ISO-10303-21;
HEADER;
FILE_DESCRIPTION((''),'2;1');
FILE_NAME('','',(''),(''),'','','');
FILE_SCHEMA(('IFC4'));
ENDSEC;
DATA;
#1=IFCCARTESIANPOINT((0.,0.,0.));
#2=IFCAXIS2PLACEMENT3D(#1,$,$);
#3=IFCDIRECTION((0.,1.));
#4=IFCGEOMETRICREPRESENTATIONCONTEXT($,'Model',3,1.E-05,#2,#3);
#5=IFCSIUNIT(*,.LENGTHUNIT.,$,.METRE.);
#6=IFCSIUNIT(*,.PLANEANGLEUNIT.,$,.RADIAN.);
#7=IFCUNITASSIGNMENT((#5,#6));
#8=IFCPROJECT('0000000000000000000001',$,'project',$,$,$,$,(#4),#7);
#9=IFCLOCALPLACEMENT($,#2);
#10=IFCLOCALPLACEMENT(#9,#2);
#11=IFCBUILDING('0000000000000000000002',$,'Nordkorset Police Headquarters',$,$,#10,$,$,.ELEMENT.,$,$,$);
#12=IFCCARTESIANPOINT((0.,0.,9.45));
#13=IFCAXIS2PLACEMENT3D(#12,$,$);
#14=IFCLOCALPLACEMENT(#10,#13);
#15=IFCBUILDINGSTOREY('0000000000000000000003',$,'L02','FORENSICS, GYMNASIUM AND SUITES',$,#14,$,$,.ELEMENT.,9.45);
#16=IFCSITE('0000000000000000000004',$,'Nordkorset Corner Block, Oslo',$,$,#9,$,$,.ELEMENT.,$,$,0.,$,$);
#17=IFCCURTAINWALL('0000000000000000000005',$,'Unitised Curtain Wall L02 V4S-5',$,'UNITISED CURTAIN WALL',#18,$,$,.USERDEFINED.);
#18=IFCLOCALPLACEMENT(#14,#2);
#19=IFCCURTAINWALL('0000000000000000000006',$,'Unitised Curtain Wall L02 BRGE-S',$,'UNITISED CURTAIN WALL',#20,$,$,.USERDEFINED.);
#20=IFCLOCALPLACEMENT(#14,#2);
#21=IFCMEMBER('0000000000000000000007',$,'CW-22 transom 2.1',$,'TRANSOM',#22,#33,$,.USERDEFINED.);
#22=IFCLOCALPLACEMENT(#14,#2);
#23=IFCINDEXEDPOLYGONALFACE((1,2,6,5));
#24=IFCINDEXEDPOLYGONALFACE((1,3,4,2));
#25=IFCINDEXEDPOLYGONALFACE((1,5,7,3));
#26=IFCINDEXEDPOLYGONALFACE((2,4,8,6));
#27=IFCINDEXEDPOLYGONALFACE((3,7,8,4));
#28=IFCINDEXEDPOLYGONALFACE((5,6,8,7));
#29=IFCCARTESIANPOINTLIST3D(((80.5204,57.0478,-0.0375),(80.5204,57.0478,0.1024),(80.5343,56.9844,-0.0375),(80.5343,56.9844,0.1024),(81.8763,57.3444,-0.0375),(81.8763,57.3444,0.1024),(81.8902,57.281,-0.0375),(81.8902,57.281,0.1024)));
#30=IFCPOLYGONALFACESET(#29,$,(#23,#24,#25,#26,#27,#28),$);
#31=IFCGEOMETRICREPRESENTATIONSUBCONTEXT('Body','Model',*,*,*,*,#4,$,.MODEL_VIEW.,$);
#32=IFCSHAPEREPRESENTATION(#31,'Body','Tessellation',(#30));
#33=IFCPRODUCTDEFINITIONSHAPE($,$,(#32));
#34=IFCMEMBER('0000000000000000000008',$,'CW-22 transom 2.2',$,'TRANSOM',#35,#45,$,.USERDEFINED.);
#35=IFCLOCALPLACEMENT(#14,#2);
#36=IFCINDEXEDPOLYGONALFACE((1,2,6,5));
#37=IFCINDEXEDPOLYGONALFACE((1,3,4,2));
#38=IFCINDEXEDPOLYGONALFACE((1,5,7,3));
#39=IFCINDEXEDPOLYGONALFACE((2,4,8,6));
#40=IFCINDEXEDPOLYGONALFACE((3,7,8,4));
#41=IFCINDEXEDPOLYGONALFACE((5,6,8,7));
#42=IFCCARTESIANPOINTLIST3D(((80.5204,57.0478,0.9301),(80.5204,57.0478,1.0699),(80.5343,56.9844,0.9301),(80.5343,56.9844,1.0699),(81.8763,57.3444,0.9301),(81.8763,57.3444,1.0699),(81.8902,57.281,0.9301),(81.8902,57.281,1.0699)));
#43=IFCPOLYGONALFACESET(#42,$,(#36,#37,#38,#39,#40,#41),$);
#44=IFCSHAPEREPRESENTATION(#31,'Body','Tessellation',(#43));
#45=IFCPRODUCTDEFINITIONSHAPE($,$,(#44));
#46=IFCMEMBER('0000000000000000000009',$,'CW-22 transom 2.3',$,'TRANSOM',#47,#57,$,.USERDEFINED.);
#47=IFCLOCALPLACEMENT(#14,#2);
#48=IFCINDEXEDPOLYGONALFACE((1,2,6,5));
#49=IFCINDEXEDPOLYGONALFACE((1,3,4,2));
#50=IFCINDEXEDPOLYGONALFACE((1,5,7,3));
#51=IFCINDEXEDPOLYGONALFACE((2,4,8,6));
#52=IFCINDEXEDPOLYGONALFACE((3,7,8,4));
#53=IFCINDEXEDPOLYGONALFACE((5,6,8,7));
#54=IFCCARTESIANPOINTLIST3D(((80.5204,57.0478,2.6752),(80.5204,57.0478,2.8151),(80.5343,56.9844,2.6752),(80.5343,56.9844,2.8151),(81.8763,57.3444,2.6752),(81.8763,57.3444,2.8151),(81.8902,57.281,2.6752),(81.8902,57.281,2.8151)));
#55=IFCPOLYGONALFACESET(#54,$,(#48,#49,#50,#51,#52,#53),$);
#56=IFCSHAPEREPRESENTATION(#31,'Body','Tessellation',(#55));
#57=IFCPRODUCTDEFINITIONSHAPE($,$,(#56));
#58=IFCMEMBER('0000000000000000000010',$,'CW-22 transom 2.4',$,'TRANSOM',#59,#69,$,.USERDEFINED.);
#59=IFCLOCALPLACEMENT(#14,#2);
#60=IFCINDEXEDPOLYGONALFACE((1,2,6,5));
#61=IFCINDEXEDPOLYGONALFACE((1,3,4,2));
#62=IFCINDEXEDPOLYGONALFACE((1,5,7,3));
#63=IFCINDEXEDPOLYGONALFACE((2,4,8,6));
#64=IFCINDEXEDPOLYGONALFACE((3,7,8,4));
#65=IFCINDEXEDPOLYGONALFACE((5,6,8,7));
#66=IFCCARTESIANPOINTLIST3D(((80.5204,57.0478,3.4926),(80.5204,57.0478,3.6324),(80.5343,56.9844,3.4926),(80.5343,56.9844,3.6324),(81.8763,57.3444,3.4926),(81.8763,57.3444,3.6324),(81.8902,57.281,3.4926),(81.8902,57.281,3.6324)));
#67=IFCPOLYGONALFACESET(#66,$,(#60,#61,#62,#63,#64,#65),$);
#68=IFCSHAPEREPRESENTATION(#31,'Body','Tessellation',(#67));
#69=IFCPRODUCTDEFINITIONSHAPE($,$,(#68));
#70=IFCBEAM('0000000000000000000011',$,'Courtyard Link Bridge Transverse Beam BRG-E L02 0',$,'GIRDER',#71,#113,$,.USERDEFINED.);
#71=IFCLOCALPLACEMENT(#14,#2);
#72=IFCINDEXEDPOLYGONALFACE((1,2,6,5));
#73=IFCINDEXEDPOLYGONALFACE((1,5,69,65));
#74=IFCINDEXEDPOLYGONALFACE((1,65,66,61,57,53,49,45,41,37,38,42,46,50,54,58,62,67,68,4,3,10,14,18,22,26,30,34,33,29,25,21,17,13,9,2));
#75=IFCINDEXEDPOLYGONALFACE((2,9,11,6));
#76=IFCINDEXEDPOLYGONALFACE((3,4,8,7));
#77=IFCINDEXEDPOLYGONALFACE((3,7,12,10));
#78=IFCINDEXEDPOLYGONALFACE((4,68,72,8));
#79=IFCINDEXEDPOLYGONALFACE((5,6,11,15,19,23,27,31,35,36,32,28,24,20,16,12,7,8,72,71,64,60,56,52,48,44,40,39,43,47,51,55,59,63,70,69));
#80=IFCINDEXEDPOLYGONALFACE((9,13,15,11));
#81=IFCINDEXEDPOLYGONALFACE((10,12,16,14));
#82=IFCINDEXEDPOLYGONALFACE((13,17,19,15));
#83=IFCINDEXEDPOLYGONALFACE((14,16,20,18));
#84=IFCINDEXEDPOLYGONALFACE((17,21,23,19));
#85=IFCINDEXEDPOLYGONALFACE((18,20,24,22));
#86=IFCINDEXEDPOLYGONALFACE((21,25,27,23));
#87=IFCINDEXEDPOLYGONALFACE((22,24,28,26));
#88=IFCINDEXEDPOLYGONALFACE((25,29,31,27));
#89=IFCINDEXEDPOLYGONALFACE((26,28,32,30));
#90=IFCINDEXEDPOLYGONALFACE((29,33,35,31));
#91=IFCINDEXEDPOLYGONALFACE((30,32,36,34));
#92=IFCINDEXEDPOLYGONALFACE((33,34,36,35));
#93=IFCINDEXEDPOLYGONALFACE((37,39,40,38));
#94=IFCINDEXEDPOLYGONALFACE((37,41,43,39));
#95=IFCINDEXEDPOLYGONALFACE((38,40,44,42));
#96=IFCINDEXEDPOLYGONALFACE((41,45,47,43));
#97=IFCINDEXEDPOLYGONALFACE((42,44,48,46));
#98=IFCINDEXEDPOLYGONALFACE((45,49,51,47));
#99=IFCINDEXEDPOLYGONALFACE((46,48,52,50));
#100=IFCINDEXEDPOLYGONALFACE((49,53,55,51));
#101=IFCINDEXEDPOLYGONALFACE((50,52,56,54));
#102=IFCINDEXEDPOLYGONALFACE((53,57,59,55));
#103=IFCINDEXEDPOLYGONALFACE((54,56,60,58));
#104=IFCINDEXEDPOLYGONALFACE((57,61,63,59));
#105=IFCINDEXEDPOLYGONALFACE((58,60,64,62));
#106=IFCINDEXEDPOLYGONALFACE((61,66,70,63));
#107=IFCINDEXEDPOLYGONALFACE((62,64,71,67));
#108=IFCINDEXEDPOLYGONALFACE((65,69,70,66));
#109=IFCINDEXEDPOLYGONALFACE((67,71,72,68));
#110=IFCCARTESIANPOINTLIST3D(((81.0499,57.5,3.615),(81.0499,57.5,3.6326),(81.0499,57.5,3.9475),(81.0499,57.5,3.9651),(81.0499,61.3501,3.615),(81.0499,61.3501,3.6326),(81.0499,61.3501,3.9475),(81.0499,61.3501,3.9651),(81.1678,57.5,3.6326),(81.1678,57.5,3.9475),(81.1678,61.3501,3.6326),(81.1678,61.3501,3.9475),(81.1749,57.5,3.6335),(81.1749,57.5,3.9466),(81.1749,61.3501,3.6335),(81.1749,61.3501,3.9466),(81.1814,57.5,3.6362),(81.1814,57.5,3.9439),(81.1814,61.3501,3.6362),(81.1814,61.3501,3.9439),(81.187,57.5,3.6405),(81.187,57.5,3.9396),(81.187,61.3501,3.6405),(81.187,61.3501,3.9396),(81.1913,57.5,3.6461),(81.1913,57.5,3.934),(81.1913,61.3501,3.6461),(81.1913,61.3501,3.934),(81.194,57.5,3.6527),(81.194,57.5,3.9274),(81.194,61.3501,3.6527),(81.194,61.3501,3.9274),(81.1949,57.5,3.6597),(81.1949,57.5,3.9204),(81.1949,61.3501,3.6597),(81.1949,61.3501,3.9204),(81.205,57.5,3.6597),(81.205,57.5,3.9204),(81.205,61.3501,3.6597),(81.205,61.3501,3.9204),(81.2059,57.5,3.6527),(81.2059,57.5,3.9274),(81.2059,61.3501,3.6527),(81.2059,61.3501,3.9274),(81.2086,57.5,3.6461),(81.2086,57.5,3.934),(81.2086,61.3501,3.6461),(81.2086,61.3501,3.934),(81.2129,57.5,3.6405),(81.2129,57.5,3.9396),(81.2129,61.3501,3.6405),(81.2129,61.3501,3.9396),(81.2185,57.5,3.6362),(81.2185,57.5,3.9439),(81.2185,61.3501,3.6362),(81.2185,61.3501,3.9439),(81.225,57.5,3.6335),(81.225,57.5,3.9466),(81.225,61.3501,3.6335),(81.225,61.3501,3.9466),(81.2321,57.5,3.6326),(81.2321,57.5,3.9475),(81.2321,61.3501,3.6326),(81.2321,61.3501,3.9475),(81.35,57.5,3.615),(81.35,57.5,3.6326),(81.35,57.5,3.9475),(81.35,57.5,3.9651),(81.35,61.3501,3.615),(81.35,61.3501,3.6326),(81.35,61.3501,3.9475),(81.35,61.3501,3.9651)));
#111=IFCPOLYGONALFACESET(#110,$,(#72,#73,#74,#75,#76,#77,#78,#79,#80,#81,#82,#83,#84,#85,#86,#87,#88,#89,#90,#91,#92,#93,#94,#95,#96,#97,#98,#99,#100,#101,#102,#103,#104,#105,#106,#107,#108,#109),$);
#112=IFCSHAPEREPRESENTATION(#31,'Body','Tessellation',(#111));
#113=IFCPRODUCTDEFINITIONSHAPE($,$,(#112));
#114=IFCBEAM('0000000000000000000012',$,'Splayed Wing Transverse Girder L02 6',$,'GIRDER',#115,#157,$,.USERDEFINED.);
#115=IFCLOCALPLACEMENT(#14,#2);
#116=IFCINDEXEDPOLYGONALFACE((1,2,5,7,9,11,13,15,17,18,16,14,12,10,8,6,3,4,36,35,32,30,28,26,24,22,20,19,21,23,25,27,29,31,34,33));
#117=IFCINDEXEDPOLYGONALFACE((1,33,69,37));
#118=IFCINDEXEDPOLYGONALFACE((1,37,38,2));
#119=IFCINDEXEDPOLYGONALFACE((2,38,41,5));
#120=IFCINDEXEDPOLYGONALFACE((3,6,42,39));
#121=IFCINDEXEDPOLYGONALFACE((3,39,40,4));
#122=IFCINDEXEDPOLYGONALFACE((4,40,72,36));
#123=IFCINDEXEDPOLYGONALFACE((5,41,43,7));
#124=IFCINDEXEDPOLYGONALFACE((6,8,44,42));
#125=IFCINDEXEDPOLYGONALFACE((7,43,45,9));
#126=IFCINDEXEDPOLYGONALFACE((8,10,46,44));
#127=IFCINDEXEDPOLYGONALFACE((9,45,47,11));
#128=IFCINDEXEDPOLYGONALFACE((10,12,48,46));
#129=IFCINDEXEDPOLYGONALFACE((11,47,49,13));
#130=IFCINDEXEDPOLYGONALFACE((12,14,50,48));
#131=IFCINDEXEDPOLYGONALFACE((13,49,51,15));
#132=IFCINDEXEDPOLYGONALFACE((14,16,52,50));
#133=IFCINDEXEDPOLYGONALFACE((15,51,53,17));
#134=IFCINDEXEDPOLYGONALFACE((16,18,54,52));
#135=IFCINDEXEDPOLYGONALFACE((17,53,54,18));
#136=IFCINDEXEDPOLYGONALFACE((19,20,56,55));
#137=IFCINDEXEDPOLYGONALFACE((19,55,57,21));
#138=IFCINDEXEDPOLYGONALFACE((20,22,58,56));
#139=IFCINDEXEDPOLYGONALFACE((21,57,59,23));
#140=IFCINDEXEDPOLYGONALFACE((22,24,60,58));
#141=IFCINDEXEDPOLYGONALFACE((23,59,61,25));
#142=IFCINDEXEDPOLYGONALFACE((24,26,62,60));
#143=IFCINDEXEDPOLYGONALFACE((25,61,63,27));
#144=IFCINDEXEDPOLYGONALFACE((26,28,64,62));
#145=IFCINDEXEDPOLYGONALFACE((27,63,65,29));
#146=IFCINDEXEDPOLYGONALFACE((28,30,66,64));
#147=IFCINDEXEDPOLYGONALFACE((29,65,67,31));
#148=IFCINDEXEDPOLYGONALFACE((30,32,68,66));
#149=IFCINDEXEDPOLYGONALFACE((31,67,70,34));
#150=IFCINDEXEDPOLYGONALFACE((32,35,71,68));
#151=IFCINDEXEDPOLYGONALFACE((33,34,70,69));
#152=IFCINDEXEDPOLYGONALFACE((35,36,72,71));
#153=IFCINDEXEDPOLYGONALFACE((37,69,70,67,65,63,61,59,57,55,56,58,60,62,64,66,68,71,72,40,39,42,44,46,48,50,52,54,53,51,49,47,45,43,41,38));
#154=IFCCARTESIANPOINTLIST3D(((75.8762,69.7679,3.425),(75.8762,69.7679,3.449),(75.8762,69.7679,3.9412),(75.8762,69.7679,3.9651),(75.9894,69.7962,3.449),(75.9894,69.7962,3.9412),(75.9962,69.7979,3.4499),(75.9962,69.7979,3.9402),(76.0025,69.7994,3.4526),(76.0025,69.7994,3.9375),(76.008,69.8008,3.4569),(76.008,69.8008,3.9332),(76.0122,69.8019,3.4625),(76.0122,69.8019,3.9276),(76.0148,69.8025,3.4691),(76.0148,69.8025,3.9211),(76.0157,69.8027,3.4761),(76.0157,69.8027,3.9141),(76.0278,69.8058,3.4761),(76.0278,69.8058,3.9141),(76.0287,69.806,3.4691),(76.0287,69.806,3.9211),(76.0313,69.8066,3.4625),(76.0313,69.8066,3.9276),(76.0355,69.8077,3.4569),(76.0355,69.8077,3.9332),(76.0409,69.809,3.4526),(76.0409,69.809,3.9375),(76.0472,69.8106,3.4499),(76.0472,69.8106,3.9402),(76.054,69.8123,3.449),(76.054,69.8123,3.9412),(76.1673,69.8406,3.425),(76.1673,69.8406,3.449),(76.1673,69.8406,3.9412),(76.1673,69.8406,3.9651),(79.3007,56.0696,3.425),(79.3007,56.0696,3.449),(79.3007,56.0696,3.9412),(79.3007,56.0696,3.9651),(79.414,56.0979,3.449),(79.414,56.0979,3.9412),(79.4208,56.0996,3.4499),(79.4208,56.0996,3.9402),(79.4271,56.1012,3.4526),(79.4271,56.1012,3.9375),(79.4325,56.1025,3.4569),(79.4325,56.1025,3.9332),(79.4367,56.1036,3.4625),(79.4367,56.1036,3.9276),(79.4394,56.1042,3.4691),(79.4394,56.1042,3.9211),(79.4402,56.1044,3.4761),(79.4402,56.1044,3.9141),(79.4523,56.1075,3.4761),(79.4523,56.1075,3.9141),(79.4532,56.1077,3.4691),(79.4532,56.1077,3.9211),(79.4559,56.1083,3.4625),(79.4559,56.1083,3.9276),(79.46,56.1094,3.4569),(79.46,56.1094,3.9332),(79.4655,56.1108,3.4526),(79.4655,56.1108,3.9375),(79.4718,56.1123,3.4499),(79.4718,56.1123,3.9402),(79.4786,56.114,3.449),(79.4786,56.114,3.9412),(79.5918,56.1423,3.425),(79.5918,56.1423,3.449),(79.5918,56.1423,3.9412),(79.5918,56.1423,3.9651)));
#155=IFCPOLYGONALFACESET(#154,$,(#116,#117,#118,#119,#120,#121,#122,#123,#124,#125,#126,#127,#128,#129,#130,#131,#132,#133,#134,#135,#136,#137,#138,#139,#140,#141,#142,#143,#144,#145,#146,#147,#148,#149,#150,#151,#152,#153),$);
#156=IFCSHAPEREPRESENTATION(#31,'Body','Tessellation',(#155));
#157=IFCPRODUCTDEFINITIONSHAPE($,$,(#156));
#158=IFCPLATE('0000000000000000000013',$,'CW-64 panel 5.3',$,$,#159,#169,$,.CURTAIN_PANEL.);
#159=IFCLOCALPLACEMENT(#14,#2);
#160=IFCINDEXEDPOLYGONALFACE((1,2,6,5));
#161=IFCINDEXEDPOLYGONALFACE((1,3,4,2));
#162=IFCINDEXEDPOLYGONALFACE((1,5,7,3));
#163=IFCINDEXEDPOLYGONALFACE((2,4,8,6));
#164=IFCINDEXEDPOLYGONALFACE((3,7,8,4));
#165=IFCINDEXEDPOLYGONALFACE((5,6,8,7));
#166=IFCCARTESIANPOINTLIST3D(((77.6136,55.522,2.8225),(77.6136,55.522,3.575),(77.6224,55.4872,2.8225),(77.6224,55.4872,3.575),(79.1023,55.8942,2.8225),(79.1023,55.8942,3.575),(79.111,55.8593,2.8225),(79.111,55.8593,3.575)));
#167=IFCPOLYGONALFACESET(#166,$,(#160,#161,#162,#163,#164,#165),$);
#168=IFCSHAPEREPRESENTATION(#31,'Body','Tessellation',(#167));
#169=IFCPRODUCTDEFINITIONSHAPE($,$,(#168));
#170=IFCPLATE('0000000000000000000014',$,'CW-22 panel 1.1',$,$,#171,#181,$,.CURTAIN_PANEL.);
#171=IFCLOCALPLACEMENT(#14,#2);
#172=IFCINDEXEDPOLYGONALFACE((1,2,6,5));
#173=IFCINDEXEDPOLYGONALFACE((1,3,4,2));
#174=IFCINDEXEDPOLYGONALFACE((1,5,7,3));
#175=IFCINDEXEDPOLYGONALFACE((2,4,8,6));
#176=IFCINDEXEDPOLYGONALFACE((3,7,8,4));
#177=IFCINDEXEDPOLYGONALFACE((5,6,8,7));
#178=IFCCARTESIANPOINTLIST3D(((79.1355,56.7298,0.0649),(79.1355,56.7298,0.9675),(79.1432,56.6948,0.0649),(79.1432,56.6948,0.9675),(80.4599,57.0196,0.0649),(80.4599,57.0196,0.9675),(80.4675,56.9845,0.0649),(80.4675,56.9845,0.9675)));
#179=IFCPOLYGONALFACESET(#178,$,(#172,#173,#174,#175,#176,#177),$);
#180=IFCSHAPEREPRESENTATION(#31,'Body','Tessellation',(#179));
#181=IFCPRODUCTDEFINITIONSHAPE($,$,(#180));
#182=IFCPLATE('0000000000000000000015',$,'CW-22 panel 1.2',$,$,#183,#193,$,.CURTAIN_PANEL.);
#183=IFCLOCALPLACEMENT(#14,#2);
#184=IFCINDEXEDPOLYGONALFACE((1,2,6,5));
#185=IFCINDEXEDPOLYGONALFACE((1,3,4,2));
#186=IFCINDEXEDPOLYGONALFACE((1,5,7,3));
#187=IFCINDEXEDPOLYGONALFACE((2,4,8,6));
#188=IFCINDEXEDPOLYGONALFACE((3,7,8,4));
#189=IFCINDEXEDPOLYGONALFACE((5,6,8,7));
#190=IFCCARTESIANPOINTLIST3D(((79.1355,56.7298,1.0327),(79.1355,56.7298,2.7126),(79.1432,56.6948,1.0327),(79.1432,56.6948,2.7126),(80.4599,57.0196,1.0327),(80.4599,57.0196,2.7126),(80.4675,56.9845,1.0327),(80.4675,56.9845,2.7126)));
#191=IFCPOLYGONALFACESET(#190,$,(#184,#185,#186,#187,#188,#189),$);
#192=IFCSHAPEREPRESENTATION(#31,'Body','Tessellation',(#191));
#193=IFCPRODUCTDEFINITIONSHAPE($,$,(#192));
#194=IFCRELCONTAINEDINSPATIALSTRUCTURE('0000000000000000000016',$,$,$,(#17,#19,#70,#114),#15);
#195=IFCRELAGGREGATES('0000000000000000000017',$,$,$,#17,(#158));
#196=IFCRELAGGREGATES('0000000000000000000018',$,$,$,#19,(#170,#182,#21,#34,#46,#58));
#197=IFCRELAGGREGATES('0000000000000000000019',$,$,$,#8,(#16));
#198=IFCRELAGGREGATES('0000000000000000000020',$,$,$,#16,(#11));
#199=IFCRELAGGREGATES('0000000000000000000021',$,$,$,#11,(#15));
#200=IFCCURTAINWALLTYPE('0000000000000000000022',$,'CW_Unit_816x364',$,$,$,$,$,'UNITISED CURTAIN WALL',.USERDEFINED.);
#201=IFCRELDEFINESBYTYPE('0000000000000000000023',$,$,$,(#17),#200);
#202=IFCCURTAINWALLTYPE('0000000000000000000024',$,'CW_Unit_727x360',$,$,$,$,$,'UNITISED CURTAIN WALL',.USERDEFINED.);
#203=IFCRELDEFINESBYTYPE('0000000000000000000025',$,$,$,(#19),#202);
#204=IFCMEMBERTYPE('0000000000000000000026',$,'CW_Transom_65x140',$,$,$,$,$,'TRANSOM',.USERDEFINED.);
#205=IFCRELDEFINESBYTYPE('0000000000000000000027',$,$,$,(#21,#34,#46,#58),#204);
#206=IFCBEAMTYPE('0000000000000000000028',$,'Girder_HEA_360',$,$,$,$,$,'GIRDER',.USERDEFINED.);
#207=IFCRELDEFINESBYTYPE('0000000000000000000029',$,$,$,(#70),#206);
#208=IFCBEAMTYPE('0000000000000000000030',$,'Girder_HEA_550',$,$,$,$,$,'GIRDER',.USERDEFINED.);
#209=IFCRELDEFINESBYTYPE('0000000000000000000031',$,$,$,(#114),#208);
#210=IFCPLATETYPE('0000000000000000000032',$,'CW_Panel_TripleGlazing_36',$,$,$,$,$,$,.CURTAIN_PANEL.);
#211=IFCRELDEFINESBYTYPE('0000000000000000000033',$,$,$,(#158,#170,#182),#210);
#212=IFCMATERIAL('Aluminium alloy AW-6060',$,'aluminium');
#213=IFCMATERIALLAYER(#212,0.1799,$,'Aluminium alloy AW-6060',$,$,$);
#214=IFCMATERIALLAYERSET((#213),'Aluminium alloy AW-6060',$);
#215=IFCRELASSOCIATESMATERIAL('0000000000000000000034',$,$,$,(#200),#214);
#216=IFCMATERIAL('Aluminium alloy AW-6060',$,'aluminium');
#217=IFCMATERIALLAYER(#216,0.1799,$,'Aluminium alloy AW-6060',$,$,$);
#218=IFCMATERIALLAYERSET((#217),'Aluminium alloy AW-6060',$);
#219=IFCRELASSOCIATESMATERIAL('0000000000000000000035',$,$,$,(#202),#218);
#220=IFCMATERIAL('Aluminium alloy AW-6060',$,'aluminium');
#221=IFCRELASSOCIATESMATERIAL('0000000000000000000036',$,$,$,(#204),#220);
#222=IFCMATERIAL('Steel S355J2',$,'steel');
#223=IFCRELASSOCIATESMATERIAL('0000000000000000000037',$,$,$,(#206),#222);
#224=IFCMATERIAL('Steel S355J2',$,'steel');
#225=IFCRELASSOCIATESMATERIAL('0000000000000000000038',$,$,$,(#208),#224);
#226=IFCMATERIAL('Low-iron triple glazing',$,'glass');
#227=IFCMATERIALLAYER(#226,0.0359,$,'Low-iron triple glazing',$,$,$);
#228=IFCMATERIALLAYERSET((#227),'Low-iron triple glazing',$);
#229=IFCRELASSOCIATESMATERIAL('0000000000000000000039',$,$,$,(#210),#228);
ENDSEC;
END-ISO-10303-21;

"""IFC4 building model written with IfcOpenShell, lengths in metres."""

from ifc_helpers import new_model, si_unit, direction, frame, origin, origin_2d, place, context, subcontext, project, spatial, rectangle, i_section, extrude, material, layer, layer_set, material_profile, profile_set, type_object, element, aggregate, save


model = new_model("IFC4")

# Units and contexts
model_context = context("Model", 3, precision=1e-05, world=origin(), true_north=direction((0.0, 1.0)))
body_context = subcontext(model_context, "Body", "Model", "MODEL_VIEW")
ifc_project = project(units=[si_unit("LENGTHUNIT", "METRE"), si_unit("PLANEANGLEUNIT", "RADIAN")], contexts=[model_context])

# Site, building, storey
site_placement = place(None, origin())
site = spatial("IfcSite", under=ifc_project, at=site_placement, Name="Nordkorset Corner Block, Oslo", CompositionType="ELEMENT", RefElevation=0.0)
building_placement = place(site_placement, origin())
building = spatial("IfcBuilding", under=site, at=building_placement, Name="Nordkorset Police Headquarters", CompositionType="ELEMENT")
storey_placement = place(building_placement, frame((0.0, 0.0, 9.45)))
storey = spatial("IfcBuildingStorey", under=building, at=storey_placement, Name="L02", Description="FORENSICS, GYMNASIUM AND SUITES", CompositionType="ELEMENT", Elevation=9.45)

# Curtain wall
ifc_material_1 = material(Name="Aluminium alloy AW-6060", Category="aluminium")
ifc_layer_1 = layer(ifc_material_1, 0.1799, Name="Aluminium alloy AW-6060")
ifc_layer_set_1 = layer_set([ifc_layer_1], Name="Aluminium alloy AW-6060")
curtain_wall_type_1 = type_object("IfcCurtainWallType", Name="CW_Unit_816x364", ElementType="UNITISED CURTAIN WALL", PredefinedType="USERDEFINED", material=ifc_layer_set_1)
curtain_wall_1_placement = place(storey_placement, origin())
curtain_wall_1 = element("IfcCurtainWall", 1, at=curtain_wall_1_placement, inside=storey, type_object=curtain_wall_type_1, Name="Unitised Curtain Wall L02 V4S-5", ObjectType="UNITISED CURTAIN WALL", PredefinedType="USERDEFINED")

# Curtain wall, members
ifc_material_2 = material(Name="Aluminium alloy AW-6060", Category="aluminium")
ifc_layer_2 = layer(ifc_material_2, 0.1799, Name="Aluminium alloy AW-6060")
ifc_layer_set_2 = layer_set([ifc_layer_2], Name="Aluminium alloy AW-6060")
curtain_wall_type_2 = type_object("IfcCurtainWallType", Name="CW_Unit_727x360", ElementType="UNITISED CURTAIN WALL", PredefinedType="USERDEFINED", material=ifc_layer_set_2)
curtain_wall_2_placement = place(storey_placement, origin())
curtain_wall_2 = element("IfcCurtainWall", 2, at=curtain_wall_2_placement, inside=storey, type_object=curtain_wall_type_2, Name="Unitised Curtain Wall L02 BRGE-S", ObjectType="UNITISED CURTAIN WALL", PredefinedType="USERDEFINED")
ifc_material_3 = material(Name="Aluminium alloy AW-6060", Category="aluminium")
ifc_material_profile_1 = material_profile(ifc_material_3, rectangle(XDim=0.0649, YDim=0.1399, at=origin_2d()), Name="ALU TRAN 65x140")
ifc_profile_set_1 = profile_set([ifc_material_profile_1], Name="Aluminium alloy AW-6060")
member_type_1 = type_object("IfcMemberType", Name="CW_Transom_65x140", ElementType="TRANSOM", PredefinedType="USERDEFINED", material=ifc_profile_set_1)
member_1_placement = place(storey_placement, frame((80.5273, 57.0161, 0.0325), z_axis=(0.976898, 0.213707, 0.0), x_axis=(-0.213707, 0.976898, 0.0)))
member_1 = element("IfcMember", 3, at=member_1_placement, type_object=member_type_1, Name="CW-22 transom 2.1", ObjectType="TRANSOM", PredefinedType="USERDEFINED", context=body_context, shape_type="SweptSolid", body=[
    extrude(rectangle(XDim=0.0649, YDim=0.1399, at=origin_2d()), origin(), (0.0, 0.0, 1.0), 1.3879),
])
member_2_placement = place(storey_placement, frame((80.5273, 57.0161, 1.0), z_axis=(0.976898, 0.213707, 0.0), x_axis=(-0.213707, 0.976898, 0.0)))
member_2 = element("IfcMember", 4, at=member_2_placement, type_object=member_type_1, Name="CW-22 transom 2.2", ObjectType="TRANSOM", PredefinedType="USERDEFINED", context=body_context, shape_type="SweptSolid", body=[
    extrude(rectangle(XDim=0.0649, YDim=0.1399, at=origin_2d()), origin(), (0.0, 0.0, 1.0), 1.3879),
])
member_3_placement = place(storey_placement, frame((80.5273, 57.0161, 2.7451), z_axis=(0.976898, 0.213707, 0.0), x_axis=(-0.213707, 0.976898, 0.0)))
member_3 = element("IfcMember", 5, at=member_3_placement, type_object=member_type_1, Name="CW-22 transom 2.3", ObjectType="TRANSOM", PredefinedType="USERDEFINED", context=body_context, shape_type="SweptSolid", body=[
    extrude(rectangle(XDim=0.0649, YDim=0.1399, at=origin_2d()), origin(), (0.0, 0.0, 1.0), 1.3879),
])
member_4_placement = place(storey_placement, frame((80.5273, 57.0161, 3.5625), z_axis=(0.976898, 0.213707, 0.0), x_axis=(-0.213707, 0.976898, 0.0)))
member_4 = element("IfcMember", 6, at=member_4_placement, type_object=member_type_1, Name="CW-22 transom 2.4", ObjectType="TRANSOM", PredefinedType="USERDEFINED", context=body_context, shape_type="SweptSolid", body=[
    extrude(rectangle(XDim=0.0649, YDim=0.1399, at=origin_2d()), origin(), (0.0, 0.0, 1.0), 1.3879),
])

# Beams
ifc_material_4 = material(Name="Steel S355J2", Category="steel")
ifc_material_profile_2 = material_profile(ifc_material_4, i_section(OverallWidth=0.3, OverallDepth=0.3501, WebThickness=0.01, FlangeThickness=0.0176, FilletRadius=0.0271, at=origin_2d()), Name="HEA 360")
ifc_profile_set_2 = profile_set([ifc_material_profile_2], Name="Steel S355J2")
beam_type_1 = type_object("IfcBeamType", Name="Girder_HEA_360", ElementType="GIRDER", PredefinedType="USERDEFINED", material=ifc_profile_set_2)
beam_1_placement = place(storey_placement, frame((81.2, 57.5, 3.79), z_axis=(0.0, 1.0, 0.0), x_axis=(-1.0, 0.0, 0.0)))
element("IfcBeam", 7, at=beam_1_placement, inside=storey, type_object=beam_type_1, Name="Courtyard Link Bridge Transverse Beam BRG-E L02 0", ObjectType="GIRDER", PredefinedType="USERDEFINED", context=body_context, shape_type="SweptSolid", body=[
    extrude(i_section(OverallWidth=0.3, OverallDepth=0.3501, WebThickness=0.01, FlangeThickness=0.0176, FilletRadius=0.0271, at=origin_2d()), origin(), (0.0, 0.0, 1.0), 3.8501),
])
ifc_material_5 = material(Name="Steel S355J2", Category="steel")
ifc_material_profile_3 = material_profile(ifc_material_5, i_section(OverallWidth=0.3, OverallDepth=0.54, WebThickness=0.0125, FlangeThickness=0.0239, FilletRadius=0.0271, at=origin_2d()), Name="HEA 550")
ifc_profile_set_3 = profile_set([ifc_material_profile_3], Name="Steel S355J2")
beam_type_2 = type_object("IfcBeamType", Name="Girder_HEA_550", ElementType="GIRDER", PredefinedType="USERDEFINED", material=ifc_profile_set_3)
beam_2_placement = place(storey_placement, frame((79.4463, 56.106, 3.6951), z_axis=(-0.242536, 0.970143, 0.0), x_axis=(-0.970143, -0.242536, 0.0)))
element("IfcBeam", 8, at=beam_2_placement, inside=storey, type_object=beam_type_2, Name="Splayed Wing Transverse Girder L02 6", ObjectType="GIRDER", PredefinedType="USERDEFINED", context=body_context, shape_type="SweptSolid", body=[
    extrude(i_section(OverallWidth=0.3, OverallDepth=0.54, WebThickness=0.0125, FlangeThickness=0.0239, FilletRadius=0.0271, at=origin_2d()), origin(), (0.0, 0.0, 1.0), 14.1199),
])

# Plates
ifc_material_6 = material(Name="Low-iron triple glazing", Category="glass")
ifc_layer_3 = layer(ifc_material_6, 0.0359, Name="Low-iron triple glazing")
ifc_layer_set_3 = layer_set([ifc_layer_3], Name="Low-iron triple glazing")
plate_type_1 = type_object("IfcPlateType", Name="CW_Panel_TripleGlazing_36", PredefinedType="CURTAIN_PANEL", material=ifc_layer_set_3)
plate_1_placement = place(storey_placement, frame((78.3623, 55.6907, 2.8225), z_axis=(0.0, 0.0, 1.0), x_axis=(0.970143, 0.242536, 0.0)))
plate_1 = element("IfcPlate", 9, at=plate_1_placement, type_object=plate_type_1, Name="CW-64 panel 5.3", PredefinedType="CURTAIN_PANEL", context=body_context, shape_type="SweptSolid", body=[
    extrude(rectangle(XDim=1.5344, YDim=0.0359, at=origin_2d()), origin(), (0.0, 0.0, 1.0), 0.7524),
])
aggregate(curtain_wall_1, [plate_1])
plate_2_placement = place(storey_placement, frame((79.8015, 56.8572, 0.0649), z_axis=(0.0, 0.0, 1.0), x_axis=(0.976891, 0.213737, 0.0)))
plate_2 = element("IfcPlate", 10, at=plate_2_placement, type_object=plate_type_1, Name="CW-22 panel 1.1", PredefinedType="CURTAIN_PANEL", context=body_context, shape_type="SweptSolid", body=[
    extrude(rectangle(XDim=1.3557, YDim=0.0359, at=origin_2d()), origin(), (0.0, 0.0, 1.0), 0.9026),
])
plate_3_placement = place(storey_placement, frame((79.8015, 56.8572, 1.0327), z_axis=(0.0, 0.0, 1.0), x_axis=(0.976891, 0.213737, 0.0)))
plate_3 = element("IfcPlate", 11, at=plate_3_placement, type_object=plate_type_1, Name="CW-22 panel 1.2", PredefinedType="CURTAIN_PANEL", context=body_context, shape_type="SweptSolid", body=[
    extrude(rectangle(XDim=1.3557, YDim=0.0359, at=origin_2d()), origin(), (0.0, 0.0, 1.0), 1.6799),
])
aggregate(curtain_wall_2, [plate_2, plate_3, member_1, member_2, member_3, member_4])

save(model, "model.ifc")
